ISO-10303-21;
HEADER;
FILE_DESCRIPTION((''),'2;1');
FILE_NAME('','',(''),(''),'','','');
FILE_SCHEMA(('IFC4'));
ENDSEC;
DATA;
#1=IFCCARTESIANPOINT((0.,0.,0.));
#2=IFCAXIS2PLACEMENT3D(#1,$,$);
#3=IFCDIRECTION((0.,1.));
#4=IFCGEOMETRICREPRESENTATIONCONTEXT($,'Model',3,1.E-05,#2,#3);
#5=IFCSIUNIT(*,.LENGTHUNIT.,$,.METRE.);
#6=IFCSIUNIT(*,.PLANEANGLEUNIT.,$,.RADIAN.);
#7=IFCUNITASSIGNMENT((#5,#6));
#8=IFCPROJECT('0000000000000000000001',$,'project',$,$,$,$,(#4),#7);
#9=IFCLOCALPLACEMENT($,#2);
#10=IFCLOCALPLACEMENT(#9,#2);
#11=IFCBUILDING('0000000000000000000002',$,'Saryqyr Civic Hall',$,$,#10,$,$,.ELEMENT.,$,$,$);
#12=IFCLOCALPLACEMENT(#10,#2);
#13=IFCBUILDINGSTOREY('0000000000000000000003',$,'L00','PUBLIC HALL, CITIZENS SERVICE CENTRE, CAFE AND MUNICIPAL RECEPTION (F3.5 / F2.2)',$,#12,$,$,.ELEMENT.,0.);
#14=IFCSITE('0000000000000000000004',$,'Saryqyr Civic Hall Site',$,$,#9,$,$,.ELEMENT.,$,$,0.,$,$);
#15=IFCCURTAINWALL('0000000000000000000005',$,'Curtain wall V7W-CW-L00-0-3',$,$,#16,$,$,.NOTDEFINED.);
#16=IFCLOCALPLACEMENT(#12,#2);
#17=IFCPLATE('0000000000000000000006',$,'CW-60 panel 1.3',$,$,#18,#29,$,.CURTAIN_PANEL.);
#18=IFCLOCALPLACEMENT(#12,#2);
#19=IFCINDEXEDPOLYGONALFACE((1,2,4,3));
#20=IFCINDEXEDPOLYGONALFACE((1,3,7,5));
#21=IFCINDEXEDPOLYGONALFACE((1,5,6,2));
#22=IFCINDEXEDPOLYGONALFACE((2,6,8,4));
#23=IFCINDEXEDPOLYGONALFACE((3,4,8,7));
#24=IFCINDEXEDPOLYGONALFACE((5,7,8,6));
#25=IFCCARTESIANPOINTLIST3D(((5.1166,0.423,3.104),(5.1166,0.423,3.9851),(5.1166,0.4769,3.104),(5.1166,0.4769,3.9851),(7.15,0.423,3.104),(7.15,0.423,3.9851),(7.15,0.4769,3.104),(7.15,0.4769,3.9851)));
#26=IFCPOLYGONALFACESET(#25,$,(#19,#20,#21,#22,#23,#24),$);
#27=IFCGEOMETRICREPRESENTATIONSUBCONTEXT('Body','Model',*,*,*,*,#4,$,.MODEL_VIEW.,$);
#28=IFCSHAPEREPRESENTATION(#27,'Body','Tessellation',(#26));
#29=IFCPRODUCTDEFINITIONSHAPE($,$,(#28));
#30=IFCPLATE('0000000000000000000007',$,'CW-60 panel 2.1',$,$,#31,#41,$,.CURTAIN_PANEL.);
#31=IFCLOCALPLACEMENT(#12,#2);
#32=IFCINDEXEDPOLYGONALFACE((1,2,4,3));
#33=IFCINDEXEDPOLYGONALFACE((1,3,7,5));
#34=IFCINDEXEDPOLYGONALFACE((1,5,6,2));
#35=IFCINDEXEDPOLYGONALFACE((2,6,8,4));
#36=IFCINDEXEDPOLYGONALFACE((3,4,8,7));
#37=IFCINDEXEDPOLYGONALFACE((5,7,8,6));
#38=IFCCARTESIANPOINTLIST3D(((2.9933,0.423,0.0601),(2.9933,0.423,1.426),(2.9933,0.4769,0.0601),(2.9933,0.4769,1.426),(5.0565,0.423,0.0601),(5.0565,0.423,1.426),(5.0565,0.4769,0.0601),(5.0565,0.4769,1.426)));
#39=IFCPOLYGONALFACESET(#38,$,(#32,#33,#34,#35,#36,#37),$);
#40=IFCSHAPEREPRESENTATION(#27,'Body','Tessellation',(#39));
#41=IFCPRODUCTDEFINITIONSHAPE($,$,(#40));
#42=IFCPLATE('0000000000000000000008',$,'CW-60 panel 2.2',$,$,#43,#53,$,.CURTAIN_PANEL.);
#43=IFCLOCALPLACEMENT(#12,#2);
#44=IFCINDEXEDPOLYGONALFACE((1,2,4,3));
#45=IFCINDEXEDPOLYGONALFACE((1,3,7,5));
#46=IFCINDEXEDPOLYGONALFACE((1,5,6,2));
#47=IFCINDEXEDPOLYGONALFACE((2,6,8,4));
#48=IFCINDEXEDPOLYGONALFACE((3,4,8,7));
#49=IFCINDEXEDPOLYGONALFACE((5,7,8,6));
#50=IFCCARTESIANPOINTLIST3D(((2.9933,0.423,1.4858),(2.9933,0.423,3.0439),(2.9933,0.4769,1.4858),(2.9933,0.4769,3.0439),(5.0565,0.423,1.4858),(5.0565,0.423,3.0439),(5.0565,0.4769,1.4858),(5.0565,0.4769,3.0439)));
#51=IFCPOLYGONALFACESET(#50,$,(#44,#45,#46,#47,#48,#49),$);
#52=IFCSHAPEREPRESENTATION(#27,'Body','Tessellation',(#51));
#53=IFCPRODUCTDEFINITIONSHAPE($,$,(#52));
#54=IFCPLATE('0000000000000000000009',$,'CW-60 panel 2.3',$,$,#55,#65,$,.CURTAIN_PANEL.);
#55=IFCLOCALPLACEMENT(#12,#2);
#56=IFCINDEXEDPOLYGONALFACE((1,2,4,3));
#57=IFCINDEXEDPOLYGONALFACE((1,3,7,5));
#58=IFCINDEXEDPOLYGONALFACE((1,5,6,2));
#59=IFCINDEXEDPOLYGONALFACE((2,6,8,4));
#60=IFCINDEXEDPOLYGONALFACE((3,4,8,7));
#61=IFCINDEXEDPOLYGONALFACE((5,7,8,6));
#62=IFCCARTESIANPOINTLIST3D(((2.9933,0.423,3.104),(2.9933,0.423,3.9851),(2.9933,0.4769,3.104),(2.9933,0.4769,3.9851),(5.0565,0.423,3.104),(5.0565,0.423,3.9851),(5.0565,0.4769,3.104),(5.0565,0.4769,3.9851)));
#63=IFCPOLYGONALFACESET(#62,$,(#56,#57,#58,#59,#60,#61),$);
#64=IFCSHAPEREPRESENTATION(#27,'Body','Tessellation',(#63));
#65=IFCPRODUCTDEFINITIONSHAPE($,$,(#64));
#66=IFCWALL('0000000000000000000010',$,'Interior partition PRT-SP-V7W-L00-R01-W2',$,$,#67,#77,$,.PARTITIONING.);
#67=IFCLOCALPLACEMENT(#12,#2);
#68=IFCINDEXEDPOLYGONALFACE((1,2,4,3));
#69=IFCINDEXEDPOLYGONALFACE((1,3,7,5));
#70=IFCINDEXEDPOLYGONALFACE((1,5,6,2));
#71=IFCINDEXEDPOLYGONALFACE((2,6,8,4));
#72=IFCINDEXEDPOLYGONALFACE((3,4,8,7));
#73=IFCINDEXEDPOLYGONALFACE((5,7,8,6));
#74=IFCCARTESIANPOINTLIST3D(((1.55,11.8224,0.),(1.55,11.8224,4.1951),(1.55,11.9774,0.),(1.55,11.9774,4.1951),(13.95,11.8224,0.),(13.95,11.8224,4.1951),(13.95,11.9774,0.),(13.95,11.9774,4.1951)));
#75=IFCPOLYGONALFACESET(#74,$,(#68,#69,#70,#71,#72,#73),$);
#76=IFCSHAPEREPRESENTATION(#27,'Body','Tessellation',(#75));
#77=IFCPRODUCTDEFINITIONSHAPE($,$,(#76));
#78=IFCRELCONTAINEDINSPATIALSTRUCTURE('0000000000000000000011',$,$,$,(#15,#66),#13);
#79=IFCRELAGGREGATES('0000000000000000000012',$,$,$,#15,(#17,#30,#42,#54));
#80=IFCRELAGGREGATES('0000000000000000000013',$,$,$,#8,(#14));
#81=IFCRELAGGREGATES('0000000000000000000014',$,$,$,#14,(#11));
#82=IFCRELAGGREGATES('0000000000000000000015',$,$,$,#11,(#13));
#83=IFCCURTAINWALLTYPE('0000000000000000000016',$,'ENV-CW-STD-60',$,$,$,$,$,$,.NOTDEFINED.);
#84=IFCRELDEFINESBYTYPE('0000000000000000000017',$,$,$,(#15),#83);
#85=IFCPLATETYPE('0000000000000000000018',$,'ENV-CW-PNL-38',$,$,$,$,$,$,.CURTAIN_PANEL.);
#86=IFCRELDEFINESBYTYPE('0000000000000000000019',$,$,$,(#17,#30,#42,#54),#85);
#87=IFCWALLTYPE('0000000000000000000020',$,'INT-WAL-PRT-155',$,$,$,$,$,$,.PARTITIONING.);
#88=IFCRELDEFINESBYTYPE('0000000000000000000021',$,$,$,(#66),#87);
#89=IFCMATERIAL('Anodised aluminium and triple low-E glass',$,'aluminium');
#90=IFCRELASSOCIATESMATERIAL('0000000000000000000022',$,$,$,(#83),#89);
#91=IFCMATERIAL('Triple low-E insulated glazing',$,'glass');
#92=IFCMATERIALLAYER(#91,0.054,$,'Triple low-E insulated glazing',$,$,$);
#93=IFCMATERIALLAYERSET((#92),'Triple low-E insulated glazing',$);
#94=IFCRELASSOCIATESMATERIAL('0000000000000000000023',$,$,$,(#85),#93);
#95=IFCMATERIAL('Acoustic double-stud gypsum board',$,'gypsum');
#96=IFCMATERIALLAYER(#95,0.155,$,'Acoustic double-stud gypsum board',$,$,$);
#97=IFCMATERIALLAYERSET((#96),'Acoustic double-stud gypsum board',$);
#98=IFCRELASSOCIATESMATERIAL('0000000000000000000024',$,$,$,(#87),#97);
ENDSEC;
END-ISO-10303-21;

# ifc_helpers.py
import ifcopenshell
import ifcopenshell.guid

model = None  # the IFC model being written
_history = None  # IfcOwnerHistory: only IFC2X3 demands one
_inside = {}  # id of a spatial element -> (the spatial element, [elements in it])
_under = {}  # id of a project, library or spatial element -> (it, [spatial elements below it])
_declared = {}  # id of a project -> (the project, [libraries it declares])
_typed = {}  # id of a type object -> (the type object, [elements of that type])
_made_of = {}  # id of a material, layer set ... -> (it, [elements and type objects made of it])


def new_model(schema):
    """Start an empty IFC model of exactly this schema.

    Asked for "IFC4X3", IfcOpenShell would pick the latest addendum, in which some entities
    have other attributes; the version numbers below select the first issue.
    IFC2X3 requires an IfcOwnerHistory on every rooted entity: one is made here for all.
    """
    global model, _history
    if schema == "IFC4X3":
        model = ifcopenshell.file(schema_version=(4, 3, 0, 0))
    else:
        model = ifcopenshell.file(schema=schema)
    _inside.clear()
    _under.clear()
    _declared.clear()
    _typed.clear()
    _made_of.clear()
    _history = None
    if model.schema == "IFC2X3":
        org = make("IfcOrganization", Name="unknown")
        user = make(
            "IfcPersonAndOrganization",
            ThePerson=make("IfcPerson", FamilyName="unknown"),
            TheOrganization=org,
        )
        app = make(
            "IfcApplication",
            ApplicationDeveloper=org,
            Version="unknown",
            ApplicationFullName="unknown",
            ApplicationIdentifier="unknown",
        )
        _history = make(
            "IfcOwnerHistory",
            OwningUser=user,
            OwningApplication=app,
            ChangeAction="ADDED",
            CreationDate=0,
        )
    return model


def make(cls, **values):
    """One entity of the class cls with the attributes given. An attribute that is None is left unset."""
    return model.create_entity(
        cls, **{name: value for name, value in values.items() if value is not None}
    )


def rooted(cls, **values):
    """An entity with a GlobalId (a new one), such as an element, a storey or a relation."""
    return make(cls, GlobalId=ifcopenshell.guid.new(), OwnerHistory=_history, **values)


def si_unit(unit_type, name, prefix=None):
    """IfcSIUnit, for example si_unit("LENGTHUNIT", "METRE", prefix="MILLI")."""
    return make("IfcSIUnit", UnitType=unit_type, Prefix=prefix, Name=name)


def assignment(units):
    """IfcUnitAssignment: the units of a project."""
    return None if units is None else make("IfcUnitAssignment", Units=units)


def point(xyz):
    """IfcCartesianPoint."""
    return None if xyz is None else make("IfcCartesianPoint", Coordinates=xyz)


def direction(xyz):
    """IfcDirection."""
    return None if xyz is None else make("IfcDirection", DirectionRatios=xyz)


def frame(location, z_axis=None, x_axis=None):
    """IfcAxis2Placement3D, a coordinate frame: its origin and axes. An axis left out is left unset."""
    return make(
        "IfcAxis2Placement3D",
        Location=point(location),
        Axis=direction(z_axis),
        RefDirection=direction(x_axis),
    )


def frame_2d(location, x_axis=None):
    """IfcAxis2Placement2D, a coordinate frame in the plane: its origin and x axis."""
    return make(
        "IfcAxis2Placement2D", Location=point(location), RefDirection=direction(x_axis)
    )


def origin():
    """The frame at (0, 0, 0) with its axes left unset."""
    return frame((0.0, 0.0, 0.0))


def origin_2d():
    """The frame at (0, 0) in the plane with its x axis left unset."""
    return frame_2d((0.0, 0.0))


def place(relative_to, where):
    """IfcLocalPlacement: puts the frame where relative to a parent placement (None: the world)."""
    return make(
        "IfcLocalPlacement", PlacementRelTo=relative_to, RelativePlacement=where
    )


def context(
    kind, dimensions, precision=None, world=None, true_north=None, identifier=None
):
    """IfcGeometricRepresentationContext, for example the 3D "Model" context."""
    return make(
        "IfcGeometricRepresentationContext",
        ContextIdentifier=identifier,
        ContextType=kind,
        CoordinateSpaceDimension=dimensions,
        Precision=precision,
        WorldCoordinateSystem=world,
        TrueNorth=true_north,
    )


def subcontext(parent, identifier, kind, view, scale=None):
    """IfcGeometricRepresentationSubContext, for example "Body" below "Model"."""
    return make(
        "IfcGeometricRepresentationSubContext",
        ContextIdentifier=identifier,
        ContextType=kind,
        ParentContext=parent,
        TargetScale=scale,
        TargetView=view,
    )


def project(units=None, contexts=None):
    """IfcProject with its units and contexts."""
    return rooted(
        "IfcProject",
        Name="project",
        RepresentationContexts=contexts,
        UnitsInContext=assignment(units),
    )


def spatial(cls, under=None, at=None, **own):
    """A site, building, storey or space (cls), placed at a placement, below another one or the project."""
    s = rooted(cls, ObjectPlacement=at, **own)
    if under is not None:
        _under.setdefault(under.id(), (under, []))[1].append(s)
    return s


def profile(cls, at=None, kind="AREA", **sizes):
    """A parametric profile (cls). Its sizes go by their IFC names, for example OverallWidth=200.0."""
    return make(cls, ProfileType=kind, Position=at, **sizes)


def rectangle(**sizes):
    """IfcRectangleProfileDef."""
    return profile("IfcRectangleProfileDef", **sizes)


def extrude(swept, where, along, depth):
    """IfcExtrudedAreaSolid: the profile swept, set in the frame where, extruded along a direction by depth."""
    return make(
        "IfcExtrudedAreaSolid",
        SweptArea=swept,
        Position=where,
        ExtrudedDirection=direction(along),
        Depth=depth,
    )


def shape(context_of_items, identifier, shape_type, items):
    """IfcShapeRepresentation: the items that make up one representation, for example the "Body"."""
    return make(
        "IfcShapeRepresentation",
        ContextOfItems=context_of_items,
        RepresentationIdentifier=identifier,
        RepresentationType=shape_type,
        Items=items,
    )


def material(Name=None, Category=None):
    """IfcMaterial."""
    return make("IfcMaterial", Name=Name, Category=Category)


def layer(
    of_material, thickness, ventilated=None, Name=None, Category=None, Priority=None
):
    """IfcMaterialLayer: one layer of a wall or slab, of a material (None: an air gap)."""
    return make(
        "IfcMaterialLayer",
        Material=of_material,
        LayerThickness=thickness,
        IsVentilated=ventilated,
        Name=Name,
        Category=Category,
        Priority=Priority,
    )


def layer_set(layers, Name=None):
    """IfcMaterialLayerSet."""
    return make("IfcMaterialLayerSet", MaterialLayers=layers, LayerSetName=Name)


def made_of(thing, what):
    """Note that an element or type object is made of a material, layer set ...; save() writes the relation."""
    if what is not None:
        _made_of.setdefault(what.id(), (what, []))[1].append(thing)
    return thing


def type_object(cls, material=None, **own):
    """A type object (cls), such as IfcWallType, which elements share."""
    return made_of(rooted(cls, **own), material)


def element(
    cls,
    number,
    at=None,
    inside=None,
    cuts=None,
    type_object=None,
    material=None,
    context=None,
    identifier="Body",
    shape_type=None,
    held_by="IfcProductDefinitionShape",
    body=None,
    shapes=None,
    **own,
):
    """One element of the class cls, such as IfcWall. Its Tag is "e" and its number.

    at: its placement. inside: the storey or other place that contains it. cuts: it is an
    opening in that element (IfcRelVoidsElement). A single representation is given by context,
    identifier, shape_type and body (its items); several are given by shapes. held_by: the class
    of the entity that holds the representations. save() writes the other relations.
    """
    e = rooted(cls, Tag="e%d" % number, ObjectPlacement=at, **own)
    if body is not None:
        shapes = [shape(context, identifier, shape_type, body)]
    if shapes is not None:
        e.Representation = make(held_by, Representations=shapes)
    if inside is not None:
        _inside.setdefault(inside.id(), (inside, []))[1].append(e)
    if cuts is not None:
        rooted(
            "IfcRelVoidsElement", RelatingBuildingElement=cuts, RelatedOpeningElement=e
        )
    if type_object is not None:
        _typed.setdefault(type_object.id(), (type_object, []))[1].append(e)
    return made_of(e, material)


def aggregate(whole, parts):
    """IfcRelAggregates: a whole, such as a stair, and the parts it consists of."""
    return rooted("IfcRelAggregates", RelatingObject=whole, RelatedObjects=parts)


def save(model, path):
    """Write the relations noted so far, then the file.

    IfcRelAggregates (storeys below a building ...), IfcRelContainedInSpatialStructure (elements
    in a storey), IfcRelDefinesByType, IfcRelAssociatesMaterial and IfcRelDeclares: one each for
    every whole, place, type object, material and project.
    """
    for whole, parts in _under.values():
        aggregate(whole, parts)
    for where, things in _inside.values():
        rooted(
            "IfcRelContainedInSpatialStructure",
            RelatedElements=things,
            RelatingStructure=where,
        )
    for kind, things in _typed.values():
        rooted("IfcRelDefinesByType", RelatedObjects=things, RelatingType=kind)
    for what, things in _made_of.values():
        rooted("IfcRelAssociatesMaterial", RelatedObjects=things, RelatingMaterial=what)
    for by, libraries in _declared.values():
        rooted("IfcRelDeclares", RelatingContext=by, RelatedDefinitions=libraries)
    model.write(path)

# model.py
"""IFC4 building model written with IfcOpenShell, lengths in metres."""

from ifc_helpers import new_model, si_unit, direction, frame, frame_2d, origin, origin_2d, place, context, subcontext, project, spatial, rectangle, extrude, material, layer, layer_set, type_object, element, aggregate, save


model = new_model("IFC4")

# Units and contexts
model_context = context("Model", 3, precision=1e-05, world=origin(), true_north=direction((0.0, 1.0)))
body_context = subcontext(model_context, "Body", "Model", "MODEL_VIEW")
ifc_project = project(units=[si_unit("LENGTHUNIT", "METRE"), si_unit("PLANEANGLEUNIT", "RADIAN")], contexts=[model_context])

# Site, building, storey
site_placement = place(None, origin())
site = spatial("IfcSite", under=ifc_project, at=site_placement, Name="Saryqyr Civic Hall Site", CompositionType="ELEMENT", RefElevation=0.0)
building_placement = place(site_placement, origin())
building = spatial("IfcBuilding", under=site, at=building_placement, Name="Saryqyr Civic Hall", CompositionType="ELEMENT")
storey_placement = place(building_placement, origin())
storey = spatial("IfcBuildingStorey", under=building, at=storey_placement, Name="L00", Description="PUBLIC HALL, CITIZENS SERVICE CENTRE, CAFE AND MUNICIPAL RECEPTION (F3.5 / F2.2)", CompositionType="ELEMENT", Elevation=0.0)

# Curtain wall
ifc_material_1 = material(Name="Anodised aluminium and triple low-E glass", Category="aluminium")
curtain_wall_type = type_object("IfcCurtainWallType", Name="ENV-CW-STD-60", PredefinedType="NOTDEFINED", material=ifc_material_1)
curtain_wall_placement = place(storey_placement, origin())
curtain_wall = element("IfcCurtainWall", 1, at=curtain_wall_placement, inside=storey, type_object=curtain_wall_type, Name="Curtain wall V7W-CW-L00-0-3", PredefinedType="NOTDEFINED")

# Plates
ifc_material_2 = material(Name="Triple low-E insulated glazing", Category="glass")
ifc_layer_1 = layer(ifc_material_2, 0.054, Name="Triple low-E insulated glazing")
ifc_layer_set_1 = layer_set([ifc_layer_1], Name="Triple low-E insulated glazing")
plate_type = type_object("IfcPlateType", Name="ENV-CW-PNL-38", PredefinedType="CURTAIN_PANEL", material=ifc_layer_set_1)
plate_1_placement = place(storey_placement, frame((6.1333, 0.45, 3.104), z_axis=(0.0, 0.0, 1.0), x_axis=(-1.0, 0.0, 0.0)))
plate_1 = element("IfcPlate", 2, at=plate_1_placement, type_object=plate_type, Name="CW-60 panel 1.3", PredefinedType="CURTAIN_PANEL", context=body_context, shape_type="SweptSolid", body=[
    extrude(rectangle(XDim=2.0334, YDim=0.054, at=origin_2d()), origin(), (0.0, 0.0, 1.0), 0.8811),
])
plate_2_placement = place(storey_placement, frame((4.0249, 0.45, 0.0601), z_axis=(0.0, 0.0, 1.0), x_axis=(-1.0, 0.0, 0.0)))
plate_2 = element("IfcPlate", 3, at=plate_2_placement, type_object=plate_type, Name="CW-60 panel 2.1", PredefinedType="CURTAIN_PANEL", context=body_context, shape_type="SweptSolid", body=[
    extrude(rectangle(XDim=2.0632, YDim=0.054, at=origin_2d()), origin(), (0.0, 0.0, 1.0), 1.366),
])
plate_3_placement = place(storey_placement, frame((4.0249, 0.45, 1.4858), z_axis=(0.0, 0.0, 1.0), x_axis=(-1.0, 0.0, 0.0)))
plate_3 = element("IfcPlate", 4, at=plate_3_placement, type_object=plate_type, Name="CW-60 panel 2.2", PredefinedType="CURTAIN_PANEL", context=body_context, shape_type="SweptSolid", body=[
    extrude(rectangle(XDim=2.0632, YDim=0.054, at=origin_2d()), origin(), (0.0, 0.0, 1.0), 1.5581),
])
plate_4_placement = place(storey_placement, frame((4.0249, 0.45, 3.104), z_axis=(0.0, 0.0, 1.0), x_axis=(-1.0, 0.0, 0.0)))
plate_4 = element("IfcPlate", 5, at=plate_4_placement, type_object=plate_type, Name="CW-60 panel 2.3", PredefinedType="CURTAIN_PANEL", context=body_context, shape_type="SweptSolid", body=[
    extrude(rectangle(XDim=2.0632, YDim=0.054, at=origin_2d()), origin(), (0.0, 0.0, 1.0), 0.8811),
])
aggregate(curtain_wall, [plate_1, plate_2, plate_3, plate_4])

# Wall
ifc_material_3 = material(Name="Acoustic double-stud gypsum board", Category="gypsum")
ifc_layer_2 = layer(ifc_material_3, 0.155, Name="Acoustic double-stud gypsum board")
ifc_layer_set_2 = layer_set([ifc_layer_2], Name="Acoustic double-stud gypsum board")
wall_type = type_object("IfcWallType", Name="INT-WAL-PRT-155", PredefinedType="PARTITIONING", material=ifc_layer_set_2)
wall_placement = place(storey_placement, frame((1.55, 11.8999, 0.0), z_axis=(0.0, 0.0, 1.0), x_axis=(1.0, 0.0, 0.0)))
element("IfcWall", 6, at=wall_placement, inside=storey, type_object=wall_type, Name="Interior partition PRT-SP-V7W-L00-R01-W2", PredefinedType="PARTITIONING", context=body_context, shape_type="SweptSolid", body=[
    extrude(rectangle(XDim=12.3999, YDim=0.155, at=frame_2d((6.2, 0.0))), origin(), (0.0, 0.0, 1.0), 4.1951),
])

save(model, "model.ifc")
